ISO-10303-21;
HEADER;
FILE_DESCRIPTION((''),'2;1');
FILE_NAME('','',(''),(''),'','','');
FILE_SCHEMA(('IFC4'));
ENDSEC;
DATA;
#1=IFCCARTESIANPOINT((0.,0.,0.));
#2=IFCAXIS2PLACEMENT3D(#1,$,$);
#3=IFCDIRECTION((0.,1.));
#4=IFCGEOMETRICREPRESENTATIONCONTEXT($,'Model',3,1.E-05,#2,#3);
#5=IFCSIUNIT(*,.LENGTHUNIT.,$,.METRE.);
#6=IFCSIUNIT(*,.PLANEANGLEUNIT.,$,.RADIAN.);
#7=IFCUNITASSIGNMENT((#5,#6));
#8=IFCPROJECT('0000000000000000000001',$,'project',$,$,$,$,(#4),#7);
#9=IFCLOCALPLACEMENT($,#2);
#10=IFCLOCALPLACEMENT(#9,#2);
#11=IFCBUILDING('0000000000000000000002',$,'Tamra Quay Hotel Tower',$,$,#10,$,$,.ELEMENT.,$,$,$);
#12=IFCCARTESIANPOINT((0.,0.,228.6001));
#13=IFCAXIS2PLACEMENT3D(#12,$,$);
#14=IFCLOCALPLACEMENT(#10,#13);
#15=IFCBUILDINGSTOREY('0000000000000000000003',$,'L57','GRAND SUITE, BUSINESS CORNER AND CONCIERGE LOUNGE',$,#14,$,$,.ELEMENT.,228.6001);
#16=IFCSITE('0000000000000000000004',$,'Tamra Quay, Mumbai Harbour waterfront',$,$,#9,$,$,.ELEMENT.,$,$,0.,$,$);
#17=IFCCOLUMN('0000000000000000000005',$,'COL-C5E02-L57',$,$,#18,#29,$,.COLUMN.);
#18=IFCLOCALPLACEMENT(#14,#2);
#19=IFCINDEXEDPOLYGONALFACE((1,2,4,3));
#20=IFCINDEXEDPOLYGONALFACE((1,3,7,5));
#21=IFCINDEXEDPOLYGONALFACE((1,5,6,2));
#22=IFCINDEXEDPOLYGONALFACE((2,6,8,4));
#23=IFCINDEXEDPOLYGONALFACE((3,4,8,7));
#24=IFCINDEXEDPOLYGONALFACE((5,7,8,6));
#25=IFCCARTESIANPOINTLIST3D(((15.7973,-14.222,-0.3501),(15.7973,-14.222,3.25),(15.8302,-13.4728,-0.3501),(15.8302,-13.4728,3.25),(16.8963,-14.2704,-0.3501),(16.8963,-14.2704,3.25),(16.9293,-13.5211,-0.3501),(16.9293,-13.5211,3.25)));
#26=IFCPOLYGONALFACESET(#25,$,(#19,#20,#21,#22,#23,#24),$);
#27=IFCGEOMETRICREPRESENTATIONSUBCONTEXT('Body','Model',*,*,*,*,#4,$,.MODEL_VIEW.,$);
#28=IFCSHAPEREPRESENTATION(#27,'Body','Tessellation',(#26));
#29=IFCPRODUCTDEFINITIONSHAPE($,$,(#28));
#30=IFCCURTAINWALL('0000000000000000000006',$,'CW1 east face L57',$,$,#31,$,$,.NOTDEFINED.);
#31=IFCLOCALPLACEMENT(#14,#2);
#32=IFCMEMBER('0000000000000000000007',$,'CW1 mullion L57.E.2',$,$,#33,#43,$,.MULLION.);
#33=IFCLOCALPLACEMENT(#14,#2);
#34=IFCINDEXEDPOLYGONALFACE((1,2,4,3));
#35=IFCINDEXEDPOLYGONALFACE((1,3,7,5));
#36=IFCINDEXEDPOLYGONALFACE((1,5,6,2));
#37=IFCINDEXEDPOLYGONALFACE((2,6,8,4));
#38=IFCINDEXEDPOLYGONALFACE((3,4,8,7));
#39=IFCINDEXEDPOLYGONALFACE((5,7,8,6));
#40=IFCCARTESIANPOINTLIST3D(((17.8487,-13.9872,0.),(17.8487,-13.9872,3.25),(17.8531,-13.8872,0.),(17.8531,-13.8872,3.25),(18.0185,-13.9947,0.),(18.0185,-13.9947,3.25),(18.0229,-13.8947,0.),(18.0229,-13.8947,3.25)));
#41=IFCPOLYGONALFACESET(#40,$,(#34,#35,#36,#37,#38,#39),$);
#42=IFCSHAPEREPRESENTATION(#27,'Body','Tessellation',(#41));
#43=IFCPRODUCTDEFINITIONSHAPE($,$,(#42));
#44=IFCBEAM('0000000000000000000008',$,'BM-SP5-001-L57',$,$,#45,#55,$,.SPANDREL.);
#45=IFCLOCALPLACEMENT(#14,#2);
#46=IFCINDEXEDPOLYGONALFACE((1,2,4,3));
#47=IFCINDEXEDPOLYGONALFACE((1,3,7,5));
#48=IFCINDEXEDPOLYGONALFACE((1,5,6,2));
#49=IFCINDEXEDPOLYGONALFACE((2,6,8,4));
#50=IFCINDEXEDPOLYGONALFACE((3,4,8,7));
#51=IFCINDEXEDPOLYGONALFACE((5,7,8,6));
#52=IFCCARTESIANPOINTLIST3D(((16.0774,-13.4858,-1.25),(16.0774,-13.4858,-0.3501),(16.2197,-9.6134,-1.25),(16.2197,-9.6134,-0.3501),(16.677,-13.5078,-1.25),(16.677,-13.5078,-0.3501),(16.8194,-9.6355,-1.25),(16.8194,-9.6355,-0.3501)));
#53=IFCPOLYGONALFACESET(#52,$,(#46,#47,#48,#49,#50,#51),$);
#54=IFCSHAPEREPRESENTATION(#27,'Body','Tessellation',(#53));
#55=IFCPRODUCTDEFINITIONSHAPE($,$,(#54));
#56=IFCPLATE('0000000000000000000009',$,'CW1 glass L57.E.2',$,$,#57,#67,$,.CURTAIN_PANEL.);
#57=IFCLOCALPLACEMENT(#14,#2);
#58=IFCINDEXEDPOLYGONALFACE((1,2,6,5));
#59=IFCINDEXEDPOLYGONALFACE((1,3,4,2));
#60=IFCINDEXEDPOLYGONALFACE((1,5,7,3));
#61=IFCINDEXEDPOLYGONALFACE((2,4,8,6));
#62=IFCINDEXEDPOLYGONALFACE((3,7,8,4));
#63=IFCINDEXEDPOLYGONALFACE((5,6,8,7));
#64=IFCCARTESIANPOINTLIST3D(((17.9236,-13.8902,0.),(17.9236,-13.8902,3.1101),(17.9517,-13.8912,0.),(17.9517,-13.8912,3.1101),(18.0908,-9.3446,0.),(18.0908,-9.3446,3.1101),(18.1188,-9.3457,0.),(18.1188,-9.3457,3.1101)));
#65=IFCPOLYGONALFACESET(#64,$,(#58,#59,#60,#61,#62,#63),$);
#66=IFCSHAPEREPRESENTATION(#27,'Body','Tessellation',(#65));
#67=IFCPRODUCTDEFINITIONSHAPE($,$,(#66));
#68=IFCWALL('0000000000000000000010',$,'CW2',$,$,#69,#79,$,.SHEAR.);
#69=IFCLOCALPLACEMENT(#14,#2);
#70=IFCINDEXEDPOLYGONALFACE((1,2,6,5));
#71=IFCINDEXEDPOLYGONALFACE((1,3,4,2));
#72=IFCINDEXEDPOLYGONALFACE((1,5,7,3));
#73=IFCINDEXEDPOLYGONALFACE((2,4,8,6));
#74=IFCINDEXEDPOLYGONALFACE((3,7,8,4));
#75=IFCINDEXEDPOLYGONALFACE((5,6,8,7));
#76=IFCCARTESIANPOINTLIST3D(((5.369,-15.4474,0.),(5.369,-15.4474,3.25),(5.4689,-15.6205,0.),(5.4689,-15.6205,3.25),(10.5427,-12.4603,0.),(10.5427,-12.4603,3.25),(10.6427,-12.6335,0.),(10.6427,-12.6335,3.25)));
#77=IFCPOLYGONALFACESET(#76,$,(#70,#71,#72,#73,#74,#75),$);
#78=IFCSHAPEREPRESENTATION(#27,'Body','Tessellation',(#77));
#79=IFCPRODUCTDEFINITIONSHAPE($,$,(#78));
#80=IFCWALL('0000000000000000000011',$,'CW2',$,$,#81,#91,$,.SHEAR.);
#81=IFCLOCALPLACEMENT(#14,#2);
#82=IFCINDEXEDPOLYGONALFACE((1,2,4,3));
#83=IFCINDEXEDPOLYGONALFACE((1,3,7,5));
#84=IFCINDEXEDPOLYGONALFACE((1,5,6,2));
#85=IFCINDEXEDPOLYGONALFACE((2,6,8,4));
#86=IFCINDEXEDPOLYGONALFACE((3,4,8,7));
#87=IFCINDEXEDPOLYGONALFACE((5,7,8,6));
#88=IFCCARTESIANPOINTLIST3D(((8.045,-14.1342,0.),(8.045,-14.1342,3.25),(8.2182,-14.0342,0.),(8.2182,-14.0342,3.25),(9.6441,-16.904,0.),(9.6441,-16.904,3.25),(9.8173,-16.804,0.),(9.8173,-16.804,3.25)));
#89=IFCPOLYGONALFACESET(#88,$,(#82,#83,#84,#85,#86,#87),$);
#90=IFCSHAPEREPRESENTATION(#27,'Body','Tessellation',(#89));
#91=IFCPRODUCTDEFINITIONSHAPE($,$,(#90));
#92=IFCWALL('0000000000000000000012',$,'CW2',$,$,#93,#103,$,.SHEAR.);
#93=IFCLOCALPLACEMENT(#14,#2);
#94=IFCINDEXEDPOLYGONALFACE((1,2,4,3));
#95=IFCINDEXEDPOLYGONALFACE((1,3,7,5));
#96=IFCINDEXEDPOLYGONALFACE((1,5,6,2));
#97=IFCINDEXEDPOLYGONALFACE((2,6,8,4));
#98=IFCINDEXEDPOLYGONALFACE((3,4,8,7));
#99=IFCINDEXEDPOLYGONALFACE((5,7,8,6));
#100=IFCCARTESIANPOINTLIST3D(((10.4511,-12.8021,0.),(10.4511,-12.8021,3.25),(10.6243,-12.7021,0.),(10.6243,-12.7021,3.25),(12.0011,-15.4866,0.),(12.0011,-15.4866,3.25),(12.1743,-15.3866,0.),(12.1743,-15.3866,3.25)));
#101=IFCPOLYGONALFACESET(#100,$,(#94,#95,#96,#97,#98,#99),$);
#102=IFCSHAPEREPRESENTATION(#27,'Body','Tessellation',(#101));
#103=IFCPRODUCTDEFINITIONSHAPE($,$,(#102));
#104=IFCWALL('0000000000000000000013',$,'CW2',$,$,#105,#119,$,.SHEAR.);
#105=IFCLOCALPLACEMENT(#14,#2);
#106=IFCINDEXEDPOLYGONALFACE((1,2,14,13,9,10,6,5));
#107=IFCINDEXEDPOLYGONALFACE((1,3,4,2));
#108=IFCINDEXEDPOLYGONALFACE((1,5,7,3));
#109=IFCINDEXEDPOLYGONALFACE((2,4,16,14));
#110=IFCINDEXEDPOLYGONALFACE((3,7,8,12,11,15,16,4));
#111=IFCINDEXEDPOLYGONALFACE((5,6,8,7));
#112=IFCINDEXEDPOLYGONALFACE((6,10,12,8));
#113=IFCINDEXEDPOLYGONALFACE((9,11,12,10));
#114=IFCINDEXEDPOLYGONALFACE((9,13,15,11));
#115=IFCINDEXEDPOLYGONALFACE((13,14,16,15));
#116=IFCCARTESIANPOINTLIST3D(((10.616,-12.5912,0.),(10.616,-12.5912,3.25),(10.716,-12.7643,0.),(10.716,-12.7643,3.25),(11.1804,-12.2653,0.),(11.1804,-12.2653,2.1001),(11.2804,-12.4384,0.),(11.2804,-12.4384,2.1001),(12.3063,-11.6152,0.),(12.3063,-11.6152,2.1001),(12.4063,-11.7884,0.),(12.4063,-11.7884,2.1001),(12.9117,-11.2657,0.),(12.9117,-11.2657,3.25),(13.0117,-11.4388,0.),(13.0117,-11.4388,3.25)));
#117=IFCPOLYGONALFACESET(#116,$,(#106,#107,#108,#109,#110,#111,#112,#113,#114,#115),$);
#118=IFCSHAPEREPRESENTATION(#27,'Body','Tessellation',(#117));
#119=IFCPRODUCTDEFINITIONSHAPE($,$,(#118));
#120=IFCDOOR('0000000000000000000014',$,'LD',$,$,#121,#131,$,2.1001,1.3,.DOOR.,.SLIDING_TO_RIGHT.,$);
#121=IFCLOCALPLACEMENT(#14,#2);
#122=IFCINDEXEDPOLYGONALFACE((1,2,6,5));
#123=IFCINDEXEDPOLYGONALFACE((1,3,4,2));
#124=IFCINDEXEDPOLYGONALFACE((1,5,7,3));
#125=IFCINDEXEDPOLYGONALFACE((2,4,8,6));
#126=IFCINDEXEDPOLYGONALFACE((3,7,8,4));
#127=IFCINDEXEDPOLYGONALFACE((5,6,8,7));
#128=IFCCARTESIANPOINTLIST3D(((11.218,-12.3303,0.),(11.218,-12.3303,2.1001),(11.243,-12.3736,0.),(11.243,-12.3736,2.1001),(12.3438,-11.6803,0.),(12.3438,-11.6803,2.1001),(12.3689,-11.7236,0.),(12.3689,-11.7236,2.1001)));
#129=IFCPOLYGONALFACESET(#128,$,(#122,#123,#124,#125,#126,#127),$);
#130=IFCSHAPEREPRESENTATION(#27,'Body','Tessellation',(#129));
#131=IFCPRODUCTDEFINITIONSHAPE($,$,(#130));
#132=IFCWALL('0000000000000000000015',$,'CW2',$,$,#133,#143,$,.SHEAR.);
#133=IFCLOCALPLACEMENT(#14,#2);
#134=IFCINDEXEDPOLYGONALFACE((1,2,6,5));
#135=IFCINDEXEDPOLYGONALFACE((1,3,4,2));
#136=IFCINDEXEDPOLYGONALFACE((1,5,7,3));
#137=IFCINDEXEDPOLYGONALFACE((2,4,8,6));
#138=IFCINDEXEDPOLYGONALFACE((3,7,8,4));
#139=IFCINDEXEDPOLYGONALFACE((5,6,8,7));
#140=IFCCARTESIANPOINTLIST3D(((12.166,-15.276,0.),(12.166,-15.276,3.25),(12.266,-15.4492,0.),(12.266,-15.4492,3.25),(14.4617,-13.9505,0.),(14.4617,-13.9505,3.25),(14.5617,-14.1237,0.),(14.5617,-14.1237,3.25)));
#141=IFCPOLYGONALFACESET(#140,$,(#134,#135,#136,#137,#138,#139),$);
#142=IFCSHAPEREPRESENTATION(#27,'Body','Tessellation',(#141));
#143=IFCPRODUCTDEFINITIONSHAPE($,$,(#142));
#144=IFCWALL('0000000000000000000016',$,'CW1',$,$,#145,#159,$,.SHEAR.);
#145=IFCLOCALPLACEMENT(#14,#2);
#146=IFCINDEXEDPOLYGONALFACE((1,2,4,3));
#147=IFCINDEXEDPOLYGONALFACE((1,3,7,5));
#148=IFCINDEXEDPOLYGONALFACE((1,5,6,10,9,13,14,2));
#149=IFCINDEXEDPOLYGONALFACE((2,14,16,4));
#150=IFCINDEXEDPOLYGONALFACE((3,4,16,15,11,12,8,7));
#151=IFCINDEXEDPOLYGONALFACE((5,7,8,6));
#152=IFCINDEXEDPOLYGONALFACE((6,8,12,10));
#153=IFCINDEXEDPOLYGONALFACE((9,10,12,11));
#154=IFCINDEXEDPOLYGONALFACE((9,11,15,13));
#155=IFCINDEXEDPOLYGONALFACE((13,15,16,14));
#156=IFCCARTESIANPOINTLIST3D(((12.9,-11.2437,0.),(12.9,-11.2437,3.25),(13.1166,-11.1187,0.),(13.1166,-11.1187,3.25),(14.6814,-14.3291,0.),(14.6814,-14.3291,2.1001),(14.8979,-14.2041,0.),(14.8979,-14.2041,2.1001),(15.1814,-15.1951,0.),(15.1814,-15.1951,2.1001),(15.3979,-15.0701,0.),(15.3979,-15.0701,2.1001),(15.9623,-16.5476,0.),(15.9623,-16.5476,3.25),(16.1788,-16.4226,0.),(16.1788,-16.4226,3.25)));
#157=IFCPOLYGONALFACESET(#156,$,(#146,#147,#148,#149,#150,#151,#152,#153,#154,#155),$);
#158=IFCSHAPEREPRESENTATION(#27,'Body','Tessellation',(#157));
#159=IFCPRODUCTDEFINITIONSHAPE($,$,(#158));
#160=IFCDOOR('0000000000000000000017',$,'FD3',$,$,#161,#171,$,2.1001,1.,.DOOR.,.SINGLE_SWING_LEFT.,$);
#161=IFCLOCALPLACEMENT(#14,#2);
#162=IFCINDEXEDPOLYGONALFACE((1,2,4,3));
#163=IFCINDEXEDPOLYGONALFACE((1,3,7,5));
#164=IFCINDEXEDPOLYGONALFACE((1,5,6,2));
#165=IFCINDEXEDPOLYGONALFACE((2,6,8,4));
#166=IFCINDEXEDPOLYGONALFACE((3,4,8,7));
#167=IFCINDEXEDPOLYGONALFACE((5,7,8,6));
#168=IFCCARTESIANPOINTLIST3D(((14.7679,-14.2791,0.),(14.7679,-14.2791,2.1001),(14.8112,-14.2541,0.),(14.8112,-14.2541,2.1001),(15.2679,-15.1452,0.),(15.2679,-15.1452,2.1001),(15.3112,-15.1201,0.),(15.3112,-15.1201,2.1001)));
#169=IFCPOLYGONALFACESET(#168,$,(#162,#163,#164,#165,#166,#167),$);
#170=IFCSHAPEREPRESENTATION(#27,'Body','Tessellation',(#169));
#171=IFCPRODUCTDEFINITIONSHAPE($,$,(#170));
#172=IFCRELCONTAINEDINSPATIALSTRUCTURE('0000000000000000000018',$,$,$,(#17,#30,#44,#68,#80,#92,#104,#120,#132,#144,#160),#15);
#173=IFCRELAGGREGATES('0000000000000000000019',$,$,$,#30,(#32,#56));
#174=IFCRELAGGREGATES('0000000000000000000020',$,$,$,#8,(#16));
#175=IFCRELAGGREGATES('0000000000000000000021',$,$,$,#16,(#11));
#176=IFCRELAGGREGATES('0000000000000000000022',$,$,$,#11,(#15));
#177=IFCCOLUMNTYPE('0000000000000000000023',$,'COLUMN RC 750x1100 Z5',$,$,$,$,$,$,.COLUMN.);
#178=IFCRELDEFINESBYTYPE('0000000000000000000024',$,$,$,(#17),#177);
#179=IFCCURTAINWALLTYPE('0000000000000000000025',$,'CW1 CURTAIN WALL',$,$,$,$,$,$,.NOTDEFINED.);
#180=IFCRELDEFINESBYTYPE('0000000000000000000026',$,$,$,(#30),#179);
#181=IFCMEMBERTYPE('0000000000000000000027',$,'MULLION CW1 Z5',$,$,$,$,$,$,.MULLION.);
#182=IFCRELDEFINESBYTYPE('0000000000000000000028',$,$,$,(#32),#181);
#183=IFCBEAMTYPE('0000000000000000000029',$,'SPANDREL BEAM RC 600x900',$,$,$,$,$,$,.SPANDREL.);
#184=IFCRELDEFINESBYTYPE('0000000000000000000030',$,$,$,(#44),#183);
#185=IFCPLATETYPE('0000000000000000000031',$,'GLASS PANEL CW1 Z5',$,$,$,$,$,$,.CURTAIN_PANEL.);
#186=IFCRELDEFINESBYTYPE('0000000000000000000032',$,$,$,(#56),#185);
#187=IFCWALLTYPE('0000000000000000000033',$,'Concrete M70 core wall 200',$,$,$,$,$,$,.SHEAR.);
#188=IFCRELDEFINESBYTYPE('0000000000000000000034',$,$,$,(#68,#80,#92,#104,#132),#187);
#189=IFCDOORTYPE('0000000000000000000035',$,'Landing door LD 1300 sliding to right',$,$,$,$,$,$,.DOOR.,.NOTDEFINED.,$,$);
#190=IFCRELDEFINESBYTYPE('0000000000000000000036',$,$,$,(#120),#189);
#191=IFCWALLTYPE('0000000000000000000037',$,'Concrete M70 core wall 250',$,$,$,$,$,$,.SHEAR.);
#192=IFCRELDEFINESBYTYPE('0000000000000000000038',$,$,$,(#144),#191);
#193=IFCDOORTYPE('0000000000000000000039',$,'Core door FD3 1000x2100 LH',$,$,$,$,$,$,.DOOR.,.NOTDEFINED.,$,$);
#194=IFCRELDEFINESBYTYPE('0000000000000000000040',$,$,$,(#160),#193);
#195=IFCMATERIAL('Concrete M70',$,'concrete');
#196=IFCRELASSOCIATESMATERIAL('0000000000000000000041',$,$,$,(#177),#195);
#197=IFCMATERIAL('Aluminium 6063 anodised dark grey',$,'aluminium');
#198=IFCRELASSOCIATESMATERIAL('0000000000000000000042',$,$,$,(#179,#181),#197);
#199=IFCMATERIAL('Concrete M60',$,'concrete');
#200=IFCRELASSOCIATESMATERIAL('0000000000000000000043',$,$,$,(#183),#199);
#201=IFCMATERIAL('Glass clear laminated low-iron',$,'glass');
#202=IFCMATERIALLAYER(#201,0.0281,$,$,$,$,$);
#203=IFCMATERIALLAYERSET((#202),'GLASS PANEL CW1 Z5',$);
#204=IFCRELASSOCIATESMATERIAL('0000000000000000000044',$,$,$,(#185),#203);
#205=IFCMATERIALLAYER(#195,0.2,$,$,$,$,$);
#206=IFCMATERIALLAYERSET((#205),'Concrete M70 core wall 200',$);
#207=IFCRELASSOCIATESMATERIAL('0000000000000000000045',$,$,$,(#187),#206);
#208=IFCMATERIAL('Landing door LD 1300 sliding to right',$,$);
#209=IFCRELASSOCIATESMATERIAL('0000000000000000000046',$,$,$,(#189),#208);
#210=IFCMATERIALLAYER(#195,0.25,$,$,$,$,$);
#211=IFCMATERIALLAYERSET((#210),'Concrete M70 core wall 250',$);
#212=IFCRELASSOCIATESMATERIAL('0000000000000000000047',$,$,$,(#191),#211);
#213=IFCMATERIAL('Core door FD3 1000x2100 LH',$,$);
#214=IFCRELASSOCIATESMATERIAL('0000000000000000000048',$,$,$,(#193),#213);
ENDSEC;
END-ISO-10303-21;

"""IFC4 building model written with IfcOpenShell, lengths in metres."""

from ifc_helpers import new_model, si_unit, direction, frame, frame_2d, origin, origin_2d, place, context, subcontext, project, spatial, rectangle, extrude, material, layer, layer_set, material_profile, profile_set, type_object, element, fill, aggregate, save


model = new_model("IFC4")

# Units and contexts
model_context = context("Model", 3, precision=1e-05, world=origin(), true_north=direction((0.0, 1.0)))
body_context = subcontext(model_context, "Body", "Model", "MODEL_VIEW")
ifc_project = project(units=[si_unit("LENGTHUNIT", "METRE"), si_unit("PLANEANGLEUNIT", "RADIAN")], contexts=[model_context])

# Site, building, storey
site_placement = place(None, origin())
site = spatial("IfcSite", under=ifc_project, at=site_placement, Name="Tamra Quay, Mumbai Harbour waterfront", CompositionType="ELEMENT", RefElevation=0.0)
building_placement = place(site_placement, origin())
building = spatial("IfcBuilding", under=site, at=building_placement, Name="Tamra Quay Hotel Tower", CompositionType="ELEMENT")
storey_placement = place(building_placement, frame((0.0, 0.0, 228.6001)))
storey = spatial("IfcBuildingStorey", under=building, at=storey_placement, Name="L57", Description="GRAND SUITE, BUSINESS CORNER AND CONCIERGE LOUNGE", CompositionType="ELEMENT", Elevation=228.6001)

# Column
ifc_material_1 = material(Name="Concrete M70", Category="concrete")
ifc_material_profile_1 = material_profile(ifc_material_1, rectangle(XDim=1.1001, YDim=0.75, at=origin_2d()), Name="COLUMN RC 750x1100 Z5")
ifc_profile_set_1 = profile_set([ifc_material_profile_1], Name="Concrete M70")
column_type = type_object("IfcColumnType", Name="COLUMN RC 750x1100 Z5", PredefinedType="COLUMN", material=ifc_profile_set_1)
column_placement = place(storey_placement, frame((16.3633, -13.8716, -0.3501), z_axis=(0.0, 0.0, 1.0), x_axis=(-0.999033, 0.043958, 0.0)))
element("IfcColumn", 1, at=column_placement, inside=storey, type_object=column_type, Name="COL-C5E02-L57", PredefinedType="COLUMN", context=body_context, shape_type="SweptSolid", body=[
    extrude(rectangle(XDim=1.1001, YDim=0.75, at=origin_2d()), origin(), (0.0, 0.0, 1.0), 3.6001),
])

# Curtain wall, member
ifc_material_2 = material(Name="Aluminium 6063 anodised dark grey", Category="aluminium")
curtain_wall_type = type_object("IfcCurtainWallType", Name="CW1 CURTAIN WALL", PredefinedType="NOTDEFINED", material=ifc_material_2)
curtain_wall_placement = place(storey_placement, origin())
curtain_wall = element("IfcCurtainWall", 2, at=curtain_wall_placement, inside=storey, type_object=curtain_wall_type, Name="CW1 east face L57", PredefinedType="NOTDEFINED")
ifc_material_profile_2 = material_profile(ifc_material_2, rectangle(XDim=0.1699, YDim=0.1001, at=origin_2d()), Name="MULLION 100X170")
ifc_profile_set_2 = profile_set([ifc_material_profile_2], Name="Aluminium 6063 anodised dark grey")
member_type = type_object("IfcMemberType", Name="MULLION CW1 Z5", PredefinedType="MULLION", material=ifc_profile_set_2)
member_placement = place(storey_placement, frame((17.9358, -13.9409, 0.0), z_axis=(0.0, 0.0, 1.0), x_axis=(0.999028, -0.044075, 0.0)))
member = element("IfcMember", 3, at=member_placement, type_object=member_type, Name="CW1 mullion L57.E.2", PredefinedType="MULLION", context=body_context, shape_type="SweptSolid", body=[
    extrude(rectangle(XDim=0.1699, YDim=0.1001, at=origin_2d()), origin(), (0.0, 0.0, 1.0), 3.25),
])

# Beam
ifc_material_3 = material(Name="Concrete M60", Category="concrete")
ifc_material_profile_3 = material_profile(ifc_material_3, rectangle(XDim=0.6001, YDim=0.8999, at=origin_2d()), Name="SPANDREL BEAM RC 600x900")
ifc_profile_set_3 = profile_set([ifc_material_profile_3], Name="Concrete M60")
beam_type = type_object("IfcBeamType", Name="SPANDREL BEAM RC 600x900", PredefinedType="SPANDREL", material=ifc_profile_set_3)
beam_placement = place(storey_placement, frame((16.3772, -13.4968, -0.8), z_axis=(0.036732, 0.999325, 0.0), x_axis=(-0.999325, 0.036732, 0.0)))
element("IfcBeam", 4, at=beam_placement, inside=storey, type_object=beam_type, Name="BM-SP5-001-L57", PredefinedType="SPANDREL", context=body_context, shape_type="SweptSolid", body=[
    extrude(rectangle(XDim=0.6001, YDim=0.8999, at=origin_2d()), origin(), (0.0, 0.0, 1.0), 3.875),
])

# Plate
ifc_material_4 = material(Name="Glass clear laminated low-iron", Category="glass")
ifc_layer_1 = layer(ifc_material_4, 0.0281)
ifc_layer_set_1 = layer_set([ifc_layer_1], Name="GLASS PANEL CW1 Z5")
plate_type = type_object("IfcPlateType", Name="GLASS PANEL CW1 Z5", PredefinedType="CURTAIN_PANEL", material=ifc_layer_set_1)
plate_placement = place(storey_placement, frame((18.0212, -11.6179, 0.0), z_axis=(0.0, 0.0, 1.0), x_axis=(0.036745, 0.999325, 0.0)))
plate = element("IfcPlate", 5, at=plate_placement, type_object=plate_type, Name="CW1 glass L57.E.2", PredefinedType="CURTAIN_PANEL", context=body_context, shape_type="SweptSolid", body=[
    extrude(rectangle(XDim=4.5486, YDim=0.0281, at=origin_2d()), origin(), (0.0, 0.0, 1.0), 3.1101),
])
aggregate(curtain_wall, [member, plate])

# Walls
ifc_layer_2 = layer(ifc_material_1, 0.2)
ifc_layer_set_2 = layer_set([ifc_layer_2], Name="Concrete M70 core wall 200")
wall_type_1 = type_object("IfcWallType", Name="Concrete M70 core wall 200", PredefinedType="SHEAR", material=ifc_layer_set_2)
wall_1_placement = place(storey_placement, frame((5.4189, -15.5339, 0.0), z_axis=(0.0, 0.0, 1.0), x_axis=(0.866029, 0.499994, 0.0)))
element("IfcWall", 6, at=wall_1_placement, inside=storey, type_object=wall_type_1, Name="CW2", PredefinedType="SHEAR", context=body_context, shape_type="SweptSolid", body=[
    extrude(rectangle(XDim=5.9741, YDim=0.2, at=frame_2d((2.9871, 0.0))), origin(), (0.0, 0.0, 1.0), 3.25),
])
wall_2_placement = place(storey_placement, frame((8.1316, -14.0842, 0.0), z_axis=(0.0, 0.0, 1.0), x_axis=(0.499998, -0.866027, 0.0)))
element("IfcWall", 7, at=wall_2_placement, inside=storey, type_object=wall_type_1, Name="CW2", PredefinedType="SHEAR", context=body_context, shape_type="SweptSolid", body=[
    extrude(rectangle(XDim=3.1982, YDim=0.2, at=frame_2d((1.5991, 0.0))), origin(), (0.0, 0.0, 1.0), 3.25),
])
wall_3_placement = place(storey_placement, frame((12.0876, -15.4365, 0.0), z_axis=(0.0, 0.0, 1.0), x_axis=(-0.500027, 0.86601, 0.0)))
element("IfcWall", 8, at=wall_3_placement, inside=storey, type_object=wall_type_1, Name="CW2", PredefinedType="SHEAR", context=body_context, shape_type="SweptSolid", body=[
    extrude(rectangle(XDim=3.0999, YDim=0.2, at=frame_2d((1.5498, 0.0))), origin(), (0.0, 0.0, 1.0), 3.25),
])

# Wall, opening, door
wall_4_placement = place(storey_placement, frame((10.666, -12.6777, 0.0), z_axis=(0.0, 0.0, 1.0), x_axis=(0.866018, 0.500012, 0.0)))
wall_4 = element("IfcWall", 9, at=wall_4_placement, inside=storey, type_object=wall_type_1, Name="CW2", PredefinedType="SHEAR", context=body_context, shape_type="SweptSolid", body=[
    extrude(rectangle(XDim=2.6509, YDim=0.2, at=frame_2d((1.3254, 0.0))), origin(), (0.0, 0.0, 1.0), 3.25),
])
opening_1_placement = place(wall_4_placement, frame((0.6519, 0.0, 0.0)))
opening_1 = element("IfcOpeningElement", 10, at=opening_1_placement, cuts=wall_4, PredefinedType="OPENING", context=body_context, shape_type="SweptSolid", body=[
    extrude(rectangle(XDim=1.3, YDim=2.1001, at=frame_2d((0.6499, 1.05))), frame((0.0, 0.1099, 0.0), z_axis=(0.0, -1.0, 0.0), x_axis=(1.0, 0.0, 0.0)), (0.0, 0.0, 1.0), 0.22),
])
ifc_material_5 = material(Name="Landing door LD 1300 sliding to right")
door_type_1 = type_object("IfcDoorType", Name="Landing door LD 1300 sliding to right", OperationType="NOTDEFINED", PredefinedType="DOOR", material=ifc_material_5)
door_1_placement = place(opening_1_placement, origin())
door_1 = element("IfcDoor", 11, at=door_1_placement, inside=storey, type_object=door_type_1, Name="LD", OperationType="SLIDING_TO_RIGHT", OverallHeight=2.1001, OverallWidth=1.3, PredefinedType="DOOR", context=body_context, shape_type="SweptSolid", body=[
    extrude(rectangle(XDim=1.3, YDim=2.1001, at=frame_2d((0.6499, 1.05))), frame((0.0, 0.0249, 0.0), z_axis=(0.0, -1.0, 0.0), x_axis=(1.0, 0.0, 0.0)), (0.0, 0.0, 1.0), 0.05),
])
fill(opening_1, door_1)

# Wall
wall_5_placement = place(storey_placement, frame((14.5117, -14.0371, 0.0), z_axis=(0.0, 0.0, 1.0), x_axis=(-0.866018, -0.500012, 0.0)))
element("IfcWall", 12, at=wall_5_placement, inside=storey, type_object=wall_type_1, Name="CW2", PredefinedType="SHEAR", context=body_context, shape_type="SweptSolid", body=[
    extrude(rectangle(XDim=2.6509, YDim=0.2, at=frame_2d((1.3254, 0.0))), origin(), (0.0, 0.0, 1.0), 3.25),
])

# Wall, opening, door
ifc_layer_3 = layer(ifc_material_1, 0.25)
ifc_layer_set_3 = layer_set([ifc_layer_3], Name="Concrete M70 core wall 250")
wall_type_2 = type_object("IfcWallType", Name="Concrete M70 core wall 250", PredefinedType="SHEAR", material=ifc_layer_set_3)
wall_6_placement = place(storey_placement, frame((13.0083, -11.1812, 0.0), z_axis=(0.0, 0.0, 1.0), x_axis=(0.500002, -0.866024, 0.0)))
wall_6 = element("IfcWall", 13, at=wall_6_placement, inside=storey, type_object=wall_type_2, Name="CW1", PredefinedType="SHEAR", context=body_context, shape_type="SweptSolid", body=[
    extrude(rectangle(XDim=6.1245, YDim=0.25, at=frame_2d((3.0623, 0.0))), origin(), (0.0, 0.0, 1.0), 3.25),
])
opening_2_placement = place(wall_6_placement, frame((3.5627, 0.0, 0.0)))
opening_2 = element("IfcOpeningElement", 14, at=opening_2_placement, cuts=wall_6, PredefinedType="OPENING", context=body_context, shape_type="SweptSolid", body=[
    extrude(rectangle(XDim=1.0, YDim=2.1001, at=frame_2d((0.5, 1.05))), frame((0.0, 0.135, 0.0), z_axis=(0.0, -1.0, 0.0), x_axis=(1.0, 0.0, 0.0)), (0.0, 0.0, 1.0), 0.27),
])
ifc_material_6 = material(Name="Core door FD3 1000x2100 LH")
door_type_2 = type_object("IfcDoorType", Name="Core door FD3 1000x2100 LH", OperationType="NOTDEFINED", PredefinedType="DOOR", material=ifc_material_6)
door_2_placement = place(opening_2_placement, origin())
door_2 = element("IfcDoor", 15, at=door_2_placement, inside=storey, type_object=door_type_2, Name="FD3", OperationType="SINGLE_SWING_LEFT", OverallHeight=2.1001, OverallWidth=1.0, PredefinedType="DOOR", context=body_context, shape_type="SweptSolid", body=[
    extrude(rectangle(XDim=1.0, YDim=2.1001, at=frame_2d((0.5, 1.05))), frame((0.0, 0.0249, 0.0), z_axis=(0.0, -1.0, 0.0), x_axis=(1.0, 0.0, 0.0)), (0.0, 0.0, 1.0), 0.05),
])
fill(opening_2, door_2)

save(model, "model.ifc")
